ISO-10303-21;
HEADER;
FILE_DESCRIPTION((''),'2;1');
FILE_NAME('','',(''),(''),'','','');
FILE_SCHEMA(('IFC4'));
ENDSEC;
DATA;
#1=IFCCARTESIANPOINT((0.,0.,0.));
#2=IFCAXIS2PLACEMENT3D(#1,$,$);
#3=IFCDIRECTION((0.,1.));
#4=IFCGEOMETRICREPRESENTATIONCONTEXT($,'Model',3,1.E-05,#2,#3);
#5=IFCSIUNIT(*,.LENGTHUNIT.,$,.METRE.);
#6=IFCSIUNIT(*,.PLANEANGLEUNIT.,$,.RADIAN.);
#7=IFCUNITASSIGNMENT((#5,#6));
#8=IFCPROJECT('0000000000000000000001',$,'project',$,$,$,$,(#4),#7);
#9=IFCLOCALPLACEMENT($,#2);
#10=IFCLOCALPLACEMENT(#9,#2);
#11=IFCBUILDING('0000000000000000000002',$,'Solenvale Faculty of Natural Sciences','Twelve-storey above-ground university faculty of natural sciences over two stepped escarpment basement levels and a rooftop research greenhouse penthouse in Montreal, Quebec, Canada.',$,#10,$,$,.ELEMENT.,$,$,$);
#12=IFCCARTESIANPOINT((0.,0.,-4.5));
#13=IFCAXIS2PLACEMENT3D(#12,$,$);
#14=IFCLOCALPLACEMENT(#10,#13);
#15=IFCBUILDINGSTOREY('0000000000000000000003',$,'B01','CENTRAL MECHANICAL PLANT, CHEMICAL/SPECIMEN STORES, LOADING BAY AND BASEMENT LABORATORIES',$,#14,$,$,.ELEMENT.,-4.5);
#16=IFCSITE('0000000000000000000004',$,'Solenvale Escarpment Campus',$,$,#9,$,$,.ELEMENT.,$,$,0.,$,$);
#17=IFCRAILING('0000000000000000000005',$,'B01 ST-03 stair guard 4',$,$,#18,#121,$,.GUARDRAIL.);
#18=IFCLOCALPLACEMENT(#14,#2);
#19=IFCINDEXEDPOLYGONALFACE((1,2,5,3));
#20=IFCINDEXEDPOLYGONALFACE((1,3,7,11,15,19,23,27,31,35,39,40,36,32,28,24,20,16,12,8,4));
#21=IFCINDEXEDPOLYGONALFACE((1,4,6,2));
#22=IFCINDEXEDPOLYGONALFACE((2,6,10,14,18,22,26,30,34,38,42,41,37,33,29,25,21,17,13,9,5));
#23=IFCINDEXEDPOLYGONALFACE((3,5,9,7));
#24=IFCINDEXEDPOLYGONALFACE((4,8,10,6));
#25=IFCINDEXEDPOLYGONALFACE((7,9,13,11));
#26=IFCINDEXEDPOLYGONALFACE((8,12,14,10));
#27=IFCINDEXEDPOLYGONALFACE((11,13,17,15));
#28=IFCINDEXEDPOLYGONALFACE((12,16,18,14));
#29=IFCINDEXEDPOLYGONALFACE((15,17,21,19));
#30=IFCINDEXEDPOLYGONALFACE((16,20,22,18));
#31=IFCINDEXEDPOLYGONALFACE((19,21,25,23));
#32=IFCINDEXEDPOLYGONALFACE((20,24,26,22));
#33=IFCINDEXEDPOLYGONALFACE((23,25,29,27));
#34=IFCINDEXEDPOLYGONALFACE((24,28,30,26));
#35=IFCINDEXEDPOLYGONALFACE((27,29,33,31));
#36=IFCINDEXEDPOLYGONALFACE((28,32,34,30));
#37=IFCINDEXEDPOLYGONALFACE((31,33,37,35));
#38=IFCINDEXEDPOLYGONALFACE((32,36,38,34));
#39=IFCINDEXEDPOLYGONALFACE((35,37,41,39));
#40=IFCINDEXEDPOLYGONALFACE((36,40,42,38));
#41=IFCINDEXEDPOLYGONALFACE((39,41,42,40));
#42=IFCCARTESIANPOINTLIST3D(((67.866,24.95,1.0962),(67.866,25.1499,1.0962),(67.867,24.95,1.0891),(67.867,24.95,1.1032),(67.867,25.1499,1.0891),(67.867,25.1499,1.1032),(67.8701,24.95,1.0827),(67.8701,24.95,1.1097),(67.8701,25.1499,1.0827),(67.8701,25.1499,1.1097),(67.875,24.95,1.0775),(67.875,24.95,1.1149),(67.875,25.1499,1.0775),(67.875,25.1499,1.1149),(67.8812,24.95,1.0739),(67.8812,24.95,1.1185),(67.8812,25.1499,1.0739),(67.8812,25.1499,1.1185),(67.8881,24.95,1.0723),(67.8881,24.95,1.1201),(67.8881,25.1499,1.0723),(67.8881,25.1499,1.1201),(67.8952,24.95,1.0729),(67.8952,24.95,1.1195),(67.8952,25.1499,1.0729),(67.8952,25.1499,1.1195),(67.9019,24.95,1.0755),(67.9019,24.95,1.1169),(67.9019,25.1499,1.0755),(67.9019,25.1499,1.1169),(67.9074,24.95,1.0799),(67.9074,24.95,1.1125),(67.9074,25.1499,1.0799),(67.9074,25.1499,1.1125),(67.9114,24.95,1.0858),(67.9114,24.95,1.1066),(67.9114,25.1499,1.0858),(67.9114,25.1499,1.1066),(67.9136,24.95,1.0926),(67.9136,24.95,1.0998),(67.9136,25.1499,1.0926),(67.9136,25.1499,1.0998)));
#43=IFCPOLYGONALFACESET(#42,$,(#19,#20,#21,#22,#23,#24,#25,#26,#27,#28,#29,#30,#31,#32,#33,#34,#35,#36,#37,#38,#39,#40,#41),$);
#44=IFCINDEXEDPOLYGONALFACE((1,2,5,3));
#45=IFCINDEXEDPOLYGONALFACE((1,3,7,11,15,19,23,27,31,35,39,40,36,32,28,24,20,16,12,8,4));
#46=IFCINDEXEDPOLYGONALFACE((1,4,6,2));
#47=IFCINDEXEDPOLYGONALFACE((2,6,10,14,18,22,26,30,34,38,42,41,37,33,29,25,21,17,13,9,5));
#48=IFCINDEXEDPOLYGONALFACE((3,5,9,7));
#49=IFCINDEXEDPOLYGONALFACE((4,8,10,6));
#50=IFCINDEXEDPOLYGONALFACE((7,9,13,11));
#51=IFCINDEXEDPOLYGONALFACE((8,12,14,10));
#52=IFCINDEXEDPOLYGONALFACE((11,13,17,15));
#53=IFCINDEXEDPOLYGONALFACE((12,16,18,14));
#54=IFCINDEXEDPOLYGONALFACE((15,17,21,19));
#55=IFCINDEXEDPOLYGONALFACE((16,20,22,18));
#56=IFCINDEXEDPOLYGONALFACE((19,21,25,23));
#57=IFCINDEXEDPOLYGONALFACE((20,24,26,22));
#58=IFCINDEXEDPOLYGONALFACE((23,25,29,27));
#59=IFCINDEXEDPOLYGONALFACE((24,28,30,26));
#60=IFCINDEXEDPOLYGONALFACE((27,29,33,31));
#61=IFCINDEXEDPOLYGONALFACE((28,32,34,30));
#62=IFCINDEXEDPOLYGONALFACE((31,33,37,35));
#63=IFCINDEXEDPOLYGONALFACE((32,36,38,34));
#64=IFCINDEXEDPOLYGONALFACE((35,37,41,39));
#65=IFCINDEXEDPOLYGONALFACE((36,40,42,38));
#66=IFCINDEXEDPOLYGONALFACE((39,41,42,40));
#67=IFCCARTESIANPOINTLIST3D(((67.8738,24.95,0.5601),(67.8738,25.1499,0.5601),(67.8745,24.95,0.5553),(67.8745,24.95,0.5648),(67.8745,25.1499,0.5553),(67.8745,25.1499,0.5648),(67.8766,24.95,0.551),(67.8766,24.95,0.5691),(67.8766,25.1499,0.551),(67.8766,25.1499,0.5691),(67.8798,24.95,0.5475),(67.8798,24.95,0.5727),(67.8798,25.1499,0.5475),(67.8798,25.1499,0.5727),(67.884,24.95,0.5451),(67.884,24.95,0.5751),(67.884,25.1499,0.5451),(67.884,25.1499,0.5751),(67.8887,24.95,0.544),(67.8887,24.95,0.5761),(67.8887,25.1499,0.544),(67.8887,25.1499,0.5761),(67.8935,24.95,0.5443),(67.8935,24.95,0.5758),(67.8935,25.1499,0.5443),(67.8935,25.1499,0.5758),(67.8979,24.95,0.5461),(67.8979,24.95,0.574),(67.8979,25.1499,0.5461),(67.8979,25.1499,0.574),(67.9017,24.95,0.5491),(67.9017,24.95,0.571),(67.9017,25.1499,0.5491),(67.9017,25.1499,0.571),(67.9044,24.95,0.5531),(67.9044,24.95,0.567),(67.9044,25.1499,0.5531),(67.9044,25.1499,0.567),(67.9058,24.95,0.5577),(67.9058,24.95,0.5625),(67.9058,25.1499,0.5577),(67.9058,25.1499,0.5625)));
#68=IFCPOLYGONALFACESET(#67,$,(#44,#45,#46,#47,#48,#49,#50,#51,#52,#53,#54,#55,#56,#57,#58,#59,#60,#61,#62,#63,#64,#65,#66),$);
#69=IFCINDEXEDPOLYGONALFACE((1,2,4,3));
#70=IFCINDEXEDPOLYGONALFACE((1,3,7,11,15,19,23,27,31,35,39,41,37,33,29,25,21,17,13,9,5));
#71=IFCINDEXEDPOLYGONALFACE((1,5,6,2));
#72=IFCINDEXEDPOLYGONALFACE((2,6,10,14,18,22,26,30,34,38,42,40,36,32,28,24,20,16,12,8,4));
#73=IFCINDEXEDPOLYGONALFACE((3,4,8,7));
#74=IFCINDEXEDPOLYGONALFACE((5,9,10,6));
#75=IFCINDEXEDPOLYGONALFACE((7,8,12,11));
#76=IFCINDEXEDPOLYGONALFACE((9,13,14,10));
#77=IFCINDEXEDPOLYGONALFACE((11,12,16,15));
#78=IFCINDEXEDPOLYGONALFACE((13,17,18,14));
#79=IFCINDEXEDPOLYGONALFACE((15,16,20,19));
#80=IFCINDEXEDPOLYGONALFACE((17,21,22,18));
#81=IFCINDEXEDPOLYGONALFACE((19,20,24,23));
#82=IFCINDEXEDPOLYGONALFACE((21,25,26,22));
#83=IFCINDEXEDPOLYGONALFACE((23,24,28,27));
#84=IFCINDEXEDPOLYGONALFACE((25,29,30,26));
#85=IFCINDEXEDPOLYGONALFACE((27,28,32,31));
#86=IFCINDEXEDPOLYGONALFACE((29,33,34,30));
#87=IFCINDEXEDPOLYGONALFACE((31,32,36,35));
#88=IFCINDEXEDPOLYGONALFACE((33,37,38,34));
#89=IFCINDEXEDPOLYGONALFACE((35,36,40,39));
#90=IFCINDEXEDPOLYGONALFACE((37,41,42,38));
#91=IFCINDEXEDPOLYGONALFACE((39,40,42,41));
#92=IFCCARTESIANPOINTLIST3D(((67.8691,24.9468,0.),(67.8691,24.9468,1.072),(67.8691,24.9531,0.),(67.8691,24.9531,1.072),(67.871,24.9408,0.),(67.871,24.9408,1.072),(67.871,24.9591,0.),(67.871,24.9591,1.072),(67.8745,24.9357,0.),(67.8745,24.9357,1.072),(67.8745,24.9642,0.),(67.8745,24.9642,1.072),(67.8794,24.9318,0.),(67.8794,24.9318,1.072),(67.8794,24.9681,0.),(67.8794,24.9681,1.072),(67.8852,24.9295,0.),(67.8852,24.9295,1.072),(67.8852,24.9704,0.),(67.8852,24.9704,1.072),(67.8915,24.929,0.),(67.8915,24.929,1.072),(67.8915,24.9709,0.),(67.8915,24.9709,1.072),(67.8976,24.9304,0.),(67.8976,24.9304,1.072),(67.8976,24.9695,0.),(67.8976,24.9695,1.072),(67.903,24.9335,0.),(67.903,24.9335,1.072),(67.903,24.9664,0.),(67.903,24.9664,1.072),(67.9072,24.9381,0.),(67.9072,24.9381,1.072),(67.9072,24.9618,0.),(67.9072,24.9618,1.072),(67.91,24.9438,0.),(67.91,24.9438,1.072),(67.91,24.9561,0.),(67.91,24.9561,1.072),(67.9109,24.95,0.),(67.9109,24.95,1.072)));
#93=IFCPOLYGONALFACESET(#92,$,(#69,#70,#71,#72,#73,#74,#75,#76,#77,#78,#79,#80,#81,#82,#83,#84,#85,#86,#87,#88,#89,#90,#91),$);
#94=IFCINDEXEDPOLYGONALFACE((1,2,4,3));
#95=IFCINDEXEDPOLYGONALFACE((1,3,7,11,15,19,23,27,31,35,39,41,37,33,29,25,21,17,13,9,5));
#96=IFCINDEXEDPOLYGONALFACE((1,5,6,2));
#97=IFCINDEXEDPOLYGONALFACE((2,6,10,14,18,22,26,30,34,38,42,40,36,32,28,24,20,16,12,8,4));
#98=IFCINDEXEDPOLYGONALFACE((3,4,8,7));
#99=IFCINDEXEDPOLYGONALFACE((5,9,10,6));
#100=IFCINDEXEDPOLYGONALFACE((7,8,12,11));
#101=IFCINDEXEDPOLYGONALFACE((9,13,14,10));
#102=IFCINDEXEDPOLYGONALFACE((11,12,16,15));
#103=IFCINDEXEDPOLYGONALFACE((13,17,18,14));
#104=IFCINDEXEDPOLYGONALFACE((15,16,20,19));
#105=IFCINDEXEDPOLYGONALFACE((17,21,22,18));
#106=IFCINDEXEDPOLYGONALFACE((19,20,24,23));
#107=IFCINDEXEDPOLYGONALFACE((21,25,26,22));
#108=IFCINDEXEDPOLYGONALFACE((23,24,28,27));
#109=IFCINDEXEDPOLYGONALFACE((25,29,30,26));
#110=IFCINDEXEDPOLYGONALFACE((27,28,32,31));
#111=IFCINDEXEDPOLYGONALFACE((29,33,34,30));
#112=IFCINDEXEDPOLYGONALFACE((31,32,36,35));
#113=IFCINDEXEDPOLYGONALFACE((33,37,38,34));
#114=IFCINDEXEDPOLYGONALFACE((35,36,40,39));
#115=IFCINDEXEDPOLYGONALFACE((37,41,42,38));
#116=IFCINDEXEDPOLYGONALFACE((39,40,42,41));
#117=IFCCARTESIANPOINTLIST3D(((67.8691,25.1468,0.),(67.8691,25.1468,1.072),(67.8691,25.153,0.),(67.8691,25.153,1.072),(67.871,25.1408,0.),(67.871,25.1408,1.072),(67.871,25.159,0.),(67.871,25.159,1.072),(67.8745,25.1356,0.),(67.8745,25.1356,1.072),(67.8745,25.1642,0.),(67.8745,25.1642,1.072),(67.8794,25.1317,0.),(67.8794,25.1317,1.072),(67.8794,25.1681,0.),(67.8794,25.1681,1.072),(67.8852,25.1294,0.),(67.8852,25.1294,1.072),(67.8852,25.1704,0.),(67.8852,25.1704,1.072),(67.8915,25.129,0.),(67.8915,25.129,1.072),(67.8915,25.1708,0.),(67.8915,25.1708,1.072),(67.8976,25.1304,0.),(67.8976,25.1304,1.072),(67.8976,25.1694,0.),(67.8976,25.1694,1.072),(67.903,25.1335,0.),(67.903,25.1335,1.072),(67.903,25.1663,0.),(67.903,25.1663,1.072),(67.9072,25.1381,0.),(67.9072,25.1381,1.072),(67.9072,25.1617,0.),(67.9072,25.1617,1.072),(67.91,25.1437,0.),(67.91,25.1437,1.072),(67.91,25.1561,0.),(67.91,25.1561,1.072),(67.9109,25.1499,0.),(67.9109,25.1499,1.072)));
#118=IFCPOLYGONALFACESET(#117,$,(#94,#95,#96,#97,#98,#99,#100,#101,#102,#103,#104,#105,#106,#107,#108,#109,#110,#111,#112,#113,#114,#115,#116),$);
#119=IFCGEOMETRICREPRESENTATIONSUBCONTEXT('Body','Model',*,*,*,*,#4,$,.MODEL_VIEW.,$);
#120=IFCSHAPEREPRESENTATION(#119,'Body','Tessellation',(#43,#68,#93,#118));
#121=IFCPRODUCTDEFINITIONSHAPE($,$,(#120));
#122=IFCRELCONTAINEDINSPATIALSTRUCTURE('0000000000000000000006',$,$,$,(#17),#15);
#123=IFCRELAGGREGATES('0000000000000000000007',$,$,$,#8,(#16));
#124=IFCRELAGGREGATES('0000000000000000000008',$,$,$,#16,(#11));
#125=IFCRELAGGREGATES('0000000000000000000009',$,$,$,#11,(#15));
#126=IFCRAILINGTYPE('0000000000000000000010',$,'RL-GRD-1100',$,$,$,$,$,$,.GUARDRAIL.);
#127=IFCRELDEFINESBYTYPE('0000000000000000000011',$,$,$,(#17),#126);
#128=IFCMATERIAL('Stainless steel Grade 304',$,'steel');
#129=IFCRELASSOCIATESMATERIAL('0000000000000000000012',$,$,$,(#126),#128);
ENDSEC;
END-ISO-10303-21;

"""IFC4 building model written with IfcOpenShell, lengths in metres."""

from ifc_helpers import new_model, si_unit, direction, frame, origin, origin_2d, place, context, subcontext, project, spatial, circle, extrude, material, type_object, element, save


model = new_model("IFC4")

# Units and contexts
model_context = context("Model", 3, precision=1e-05, world=origin(), true_north=direction((0.0, 1.0)))
body_context = subcontext(model_context, "Body", "Model", "MODEL_VIEW")
ifc_project = project(units=[si_unit("LENGTHUNIT", "METRE"), si_unit("PLANEANGLEUNIT", "RADIAN")], contexts=[model_context])

# Site, building, storey
site_placement = place(None, origin())
site = spatial("IfcSite", under=ifc_project, at=site_placement, Name="Solenvale Escarpment Campus", CompositionType="ELEMENT", RefElevation=0.0)
building_placement = place(site_placement, origin())
building = spatial("IfcBuilding", under=site, at=building_placement, Name="Solenvale Faculty of Natural Sciences", Description="Twelve-storey above-ground university faculty of natural sciences over two stepped escarpment basement levels and a rooftop research greenhouse penthouse in Montreal, Quebec, Canada.", CompositionType="ELEMENT")
storey_placement = place(building_placement, frame((0.0, 0.0, -4.5)))
storey = spatial("IfcBuildingStorey", under=building, at=storey_placement, Name="B01", Description="CENTRAL MECHANICAL PLANT, CHEMICAL/SPECIMEN STORES, LOADING BAY AND BASEMENT LABORATORIES", CompositionType="ELEMENT", Elevation=-4.5)

# Railing
ifc_material_1 = material(Name="Stainless steel Grade 304", Category="steel")
railing_type_1 = type_object("IfcRailingType", Name="RL-GRD-1100", PredefinedType="GUARDRAIL", material=ifc_material_1)
railing_1_placement = place(storey_placement, frame((67.8899, 24.95, 0.0)))
element("IfcRailing", 1, at=railing_1_placement, inside=storey, type_object=railing_type_1, Name="B01 ST-03 stair guard 4", PredefinedType="GUARDRAIL", context=body_context, shape_type="SweptSolid", body=[
    extrude(circle(Radius=0.0239, at=origin_2d()), frame((0.0, 0.0, 1.0962), z_axis=(0.0, 1.0, 0.0), x_axis=(-1.0, 0.0, 0.0)), (0.0, 0.0, 1.0), 0.2),
    extrude(circle(Radius=0.0161, at=origin_2d()), frame((0.0, 0.0, 0.5601), z_axis=(0.0, 1.0, 0.0), x_axis=(-1.0, 0.0, 0.0)), (0.0, 0.0, 1.0), 0.2),
    extrude(circle(Radius=0.021, at=origin_2d()), origin(), (0.0, 0.0, 1.0), 1.072),
    extrude(circle(Radius=0.021, at=origin_2d()), frame((0.0, 0.2, 0.0)), (0.0, 0.0, 1.0), 1.072),
])

save(model, "model.ifc")
